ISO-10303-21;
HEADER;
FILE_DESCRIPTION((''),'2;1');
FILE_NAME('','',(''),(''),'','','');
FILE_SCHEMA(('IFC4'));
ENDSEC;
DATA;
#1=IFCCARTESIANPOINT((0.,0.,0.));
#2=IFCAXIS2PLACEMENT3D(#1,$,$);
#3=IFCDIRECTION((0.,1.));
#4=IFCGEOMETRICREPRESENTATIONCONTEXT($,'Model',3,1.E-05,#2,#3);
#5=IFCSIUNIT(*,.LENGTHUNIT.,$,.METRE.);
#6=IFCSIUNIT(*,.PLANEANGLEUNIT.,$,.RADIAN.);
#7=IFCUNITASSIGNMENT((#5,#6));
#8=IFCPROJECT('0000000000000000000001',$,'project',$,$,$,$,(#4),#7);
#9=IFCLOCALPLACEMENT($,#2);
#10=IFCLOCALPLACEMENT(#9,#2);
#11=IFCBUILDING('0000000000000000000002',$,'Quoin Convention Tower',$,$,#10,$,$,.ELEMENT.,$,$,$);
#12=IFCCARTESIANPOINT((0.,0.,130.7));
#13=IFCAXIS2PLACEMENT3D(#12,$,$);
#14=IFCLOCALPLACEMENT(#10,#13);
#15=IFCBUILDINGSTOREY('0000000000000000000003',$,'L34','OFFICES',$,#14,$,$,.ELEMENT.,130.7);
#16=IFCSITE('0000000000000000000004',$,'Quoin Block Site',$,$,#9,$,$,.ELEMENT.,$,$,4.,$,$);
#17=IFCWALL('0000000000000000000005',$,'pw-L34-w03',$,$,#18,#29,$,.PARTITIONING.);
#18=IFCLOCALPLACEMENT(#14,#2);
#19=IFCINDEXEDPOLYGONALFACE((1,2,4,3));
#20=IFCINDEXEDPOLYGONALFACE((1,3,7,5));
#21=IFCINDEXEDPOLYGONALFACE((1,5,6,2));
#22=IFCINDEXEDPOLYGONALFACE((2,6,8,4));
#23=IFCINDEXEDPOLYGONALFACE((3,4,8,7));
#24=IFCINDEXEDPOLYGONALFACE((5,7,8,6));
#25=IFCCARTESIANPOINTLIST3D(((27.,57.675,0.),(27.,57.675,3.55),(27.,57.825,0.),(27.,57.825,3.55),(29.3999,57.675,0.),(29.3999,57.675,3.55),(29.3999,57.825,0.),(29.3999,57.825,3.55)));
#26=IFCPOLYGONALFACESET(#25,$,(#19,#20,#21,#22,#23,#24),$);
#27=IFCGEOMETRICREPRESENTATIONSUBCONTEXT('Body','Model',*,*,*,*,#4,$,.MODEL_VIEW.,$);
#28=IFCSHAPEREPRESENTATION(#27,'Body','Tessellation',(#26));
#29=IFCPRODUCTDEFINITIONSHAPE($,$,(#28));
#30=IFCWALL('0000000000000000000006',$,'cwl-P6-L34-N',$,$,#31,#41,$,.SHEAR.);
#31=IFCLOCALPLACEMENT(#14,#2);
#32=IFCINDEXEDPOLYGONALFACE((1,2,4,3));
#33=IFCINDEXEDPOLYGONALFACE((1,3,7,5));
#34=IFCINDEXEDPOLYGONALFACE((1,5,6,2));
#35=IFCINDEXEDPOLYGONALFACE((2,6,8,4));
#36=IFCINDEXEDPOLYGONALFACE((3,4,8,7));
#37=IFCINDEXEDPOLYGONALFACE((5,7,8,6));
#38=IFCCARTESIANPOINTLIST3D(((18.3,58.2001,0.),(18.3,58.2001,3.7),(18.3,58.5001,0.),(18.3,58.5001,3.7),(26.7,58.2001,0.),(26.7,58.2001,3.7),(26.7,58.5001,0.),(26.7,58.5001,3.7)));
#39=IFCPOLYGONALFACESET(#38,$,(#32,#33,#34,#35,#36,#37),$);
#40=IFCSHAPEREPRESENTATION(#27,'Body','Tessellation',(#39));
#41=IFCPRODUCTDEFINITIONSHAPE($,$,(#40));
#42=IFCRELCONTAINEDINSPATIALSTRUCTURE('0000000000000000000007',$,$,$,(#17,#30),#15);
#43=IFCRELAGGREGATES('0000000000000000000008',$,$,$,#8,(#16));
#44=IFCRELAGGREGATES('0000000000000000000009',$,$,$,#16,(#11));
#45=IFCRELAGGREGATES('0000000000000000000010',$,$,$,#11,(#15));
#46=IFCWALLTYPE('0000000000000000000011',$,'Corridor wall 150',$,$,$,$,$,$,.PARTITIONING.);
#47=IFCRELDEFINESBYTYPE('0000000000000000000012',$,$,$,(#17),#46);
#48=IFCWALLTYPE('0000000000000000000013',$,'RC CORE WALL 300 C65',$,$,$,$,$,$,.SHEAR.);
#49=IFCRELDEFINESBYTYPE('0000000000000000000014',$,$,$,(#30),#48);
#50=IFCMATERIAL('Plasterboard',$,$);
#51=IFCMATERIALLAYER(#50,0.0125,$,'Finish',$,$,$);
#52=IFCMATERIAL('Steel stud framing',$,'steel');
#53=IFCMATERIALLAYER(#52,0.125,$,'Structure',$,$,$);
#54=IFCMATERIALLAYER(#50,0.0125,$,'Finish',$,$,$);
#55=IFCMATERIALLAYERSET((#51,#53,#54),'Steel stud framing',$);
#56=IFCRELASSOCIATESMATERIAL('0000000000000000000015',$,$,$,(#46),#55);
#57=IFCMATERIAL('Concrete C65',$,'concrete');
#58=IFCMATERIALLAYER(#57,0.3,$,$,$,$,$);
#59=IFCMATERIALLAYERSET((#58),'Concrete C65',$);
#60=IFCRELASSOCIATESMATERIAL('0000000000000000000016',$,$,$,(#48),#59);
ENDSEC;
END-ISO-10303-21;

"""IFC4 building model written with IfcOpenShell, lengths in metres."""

from ifc_helpers import new_model, si_unit, direction, frame, frame_2d, origin, place, context, subcontext, project, spatial, rectangle, extrude, material, layer, layer_set, type_object, element, save


model = new_model("IFC4")

# Units and contexts
model_context = context("Model", 3, precision=1e-05, world=origin(), true_north=direction((0.0, 1.0)))
body_context = subcontext(model_context, "Body", "Model", "MODEL_VIEW")
ifc_project = project(units=[si_unit("LENGTHUNIT", "METRE"), si_unit("PLANEANGLEUNIT", "RADIAN")], contexts=[model_context])

# Site, building, storey
site_placement = place(None, origin())
site = spatial("IfcSite", under=ifc_project, at=site_placement, Name="Quoin Block Site", CompositionType="ELEMENT", RefElevation=4.0)
building_placement = place(site_placement, origin())
building = spatial("IfcBuilding", under=site, at=building_placement, Name="Quoin Convention Tower", CompositionType="ELEMENT")
storey_placement = place(building_placement, frame((0.0, 0.0, 130.7)))
storey = spatial("IfcBuildingStorey", under=building, at=storey_placement, Name="L34", Description="OFFICES", CompositionType="ELEMENT", Elevation=130.7)

# Shared definitions
ifc_material_1 = material(Name="Concrete C65", Category="concrete")

# Walls
ifc_material_2 = material(Name="Plasterboard")
ifc_layer_1 = layer(ifc_material_2, 0.0125, Name="Finish")
ifc_material_3 = material(Name="Steel stud framing", Category="steel")
ifc_layer_2 = layer(ifc_material_3, 0.125, Name="Structure")
ifc_layer_3 = layer(ifc_material_2, 0.0125, Name="Finish")
ifc_layer_set_1 = layer_set([ifc_layer_1, ifc_layer_2, ifc_layer_3], Name="Steel stud framing")
wall_type_1 = type_object("IfcWallType", Name="Corridor wall 150", PredefinedType="PARTITIONING", material=ifc_layer_set_1)
wall_1_placement = place(storey_placement, frame((27.0, 57.75, 0.0), z_axis=(0.0, 0.0, 1.0), x_axis=(1.0, 0.0, 0.0)))
element("IfcWall", 1, at=wall_1_placement, inside=storey, type_object=wall_type_1, Name="pw-L34-w03", PredefinedType="PARTITIONING", context=body_context, shape_type="SweptSolid", body=[
    extrude(rectangle(XDim=2.3999, YDim=0.1499, at=frame_2d((1.2, 0.0))), origin(), (0.0, 0.0, 1.0), 3.55),
])
ifc_layer_4 = layer(ifc_material_1, 0.3)
ifc_layer_set_2 = layer_set([ifc_layer_4], Name="Concrete C65")
wall_type_2 = type_object("IfcWallType", Name="RC CORE WALL 300 C65", PredefinedType="SHEAR", material=ifc_layer_set_2)
wall_2_placement = place(storey_placement, frame((18.3, 58.3501, 0.0), z_axis=(0.0, 0.0, 1.0), x_axis=(1.0, 0.0, 0.0)))
element("IfcWall", 2, at=wall_2_placement, inside=storey, type_object=wall_type_2, Name="cwl-P6-L34-N", PredefinedType="SHEAR", context=body_context, shape_type="SweptSolid", body=[
    extrude(rectangle(XDim=8.3999, YDim=0.3, at=frame_2d((4.2, 0.0))), origin(), (0.0, 0.0, 1.0), 3.7),
])

save(model, "model.ifc")
